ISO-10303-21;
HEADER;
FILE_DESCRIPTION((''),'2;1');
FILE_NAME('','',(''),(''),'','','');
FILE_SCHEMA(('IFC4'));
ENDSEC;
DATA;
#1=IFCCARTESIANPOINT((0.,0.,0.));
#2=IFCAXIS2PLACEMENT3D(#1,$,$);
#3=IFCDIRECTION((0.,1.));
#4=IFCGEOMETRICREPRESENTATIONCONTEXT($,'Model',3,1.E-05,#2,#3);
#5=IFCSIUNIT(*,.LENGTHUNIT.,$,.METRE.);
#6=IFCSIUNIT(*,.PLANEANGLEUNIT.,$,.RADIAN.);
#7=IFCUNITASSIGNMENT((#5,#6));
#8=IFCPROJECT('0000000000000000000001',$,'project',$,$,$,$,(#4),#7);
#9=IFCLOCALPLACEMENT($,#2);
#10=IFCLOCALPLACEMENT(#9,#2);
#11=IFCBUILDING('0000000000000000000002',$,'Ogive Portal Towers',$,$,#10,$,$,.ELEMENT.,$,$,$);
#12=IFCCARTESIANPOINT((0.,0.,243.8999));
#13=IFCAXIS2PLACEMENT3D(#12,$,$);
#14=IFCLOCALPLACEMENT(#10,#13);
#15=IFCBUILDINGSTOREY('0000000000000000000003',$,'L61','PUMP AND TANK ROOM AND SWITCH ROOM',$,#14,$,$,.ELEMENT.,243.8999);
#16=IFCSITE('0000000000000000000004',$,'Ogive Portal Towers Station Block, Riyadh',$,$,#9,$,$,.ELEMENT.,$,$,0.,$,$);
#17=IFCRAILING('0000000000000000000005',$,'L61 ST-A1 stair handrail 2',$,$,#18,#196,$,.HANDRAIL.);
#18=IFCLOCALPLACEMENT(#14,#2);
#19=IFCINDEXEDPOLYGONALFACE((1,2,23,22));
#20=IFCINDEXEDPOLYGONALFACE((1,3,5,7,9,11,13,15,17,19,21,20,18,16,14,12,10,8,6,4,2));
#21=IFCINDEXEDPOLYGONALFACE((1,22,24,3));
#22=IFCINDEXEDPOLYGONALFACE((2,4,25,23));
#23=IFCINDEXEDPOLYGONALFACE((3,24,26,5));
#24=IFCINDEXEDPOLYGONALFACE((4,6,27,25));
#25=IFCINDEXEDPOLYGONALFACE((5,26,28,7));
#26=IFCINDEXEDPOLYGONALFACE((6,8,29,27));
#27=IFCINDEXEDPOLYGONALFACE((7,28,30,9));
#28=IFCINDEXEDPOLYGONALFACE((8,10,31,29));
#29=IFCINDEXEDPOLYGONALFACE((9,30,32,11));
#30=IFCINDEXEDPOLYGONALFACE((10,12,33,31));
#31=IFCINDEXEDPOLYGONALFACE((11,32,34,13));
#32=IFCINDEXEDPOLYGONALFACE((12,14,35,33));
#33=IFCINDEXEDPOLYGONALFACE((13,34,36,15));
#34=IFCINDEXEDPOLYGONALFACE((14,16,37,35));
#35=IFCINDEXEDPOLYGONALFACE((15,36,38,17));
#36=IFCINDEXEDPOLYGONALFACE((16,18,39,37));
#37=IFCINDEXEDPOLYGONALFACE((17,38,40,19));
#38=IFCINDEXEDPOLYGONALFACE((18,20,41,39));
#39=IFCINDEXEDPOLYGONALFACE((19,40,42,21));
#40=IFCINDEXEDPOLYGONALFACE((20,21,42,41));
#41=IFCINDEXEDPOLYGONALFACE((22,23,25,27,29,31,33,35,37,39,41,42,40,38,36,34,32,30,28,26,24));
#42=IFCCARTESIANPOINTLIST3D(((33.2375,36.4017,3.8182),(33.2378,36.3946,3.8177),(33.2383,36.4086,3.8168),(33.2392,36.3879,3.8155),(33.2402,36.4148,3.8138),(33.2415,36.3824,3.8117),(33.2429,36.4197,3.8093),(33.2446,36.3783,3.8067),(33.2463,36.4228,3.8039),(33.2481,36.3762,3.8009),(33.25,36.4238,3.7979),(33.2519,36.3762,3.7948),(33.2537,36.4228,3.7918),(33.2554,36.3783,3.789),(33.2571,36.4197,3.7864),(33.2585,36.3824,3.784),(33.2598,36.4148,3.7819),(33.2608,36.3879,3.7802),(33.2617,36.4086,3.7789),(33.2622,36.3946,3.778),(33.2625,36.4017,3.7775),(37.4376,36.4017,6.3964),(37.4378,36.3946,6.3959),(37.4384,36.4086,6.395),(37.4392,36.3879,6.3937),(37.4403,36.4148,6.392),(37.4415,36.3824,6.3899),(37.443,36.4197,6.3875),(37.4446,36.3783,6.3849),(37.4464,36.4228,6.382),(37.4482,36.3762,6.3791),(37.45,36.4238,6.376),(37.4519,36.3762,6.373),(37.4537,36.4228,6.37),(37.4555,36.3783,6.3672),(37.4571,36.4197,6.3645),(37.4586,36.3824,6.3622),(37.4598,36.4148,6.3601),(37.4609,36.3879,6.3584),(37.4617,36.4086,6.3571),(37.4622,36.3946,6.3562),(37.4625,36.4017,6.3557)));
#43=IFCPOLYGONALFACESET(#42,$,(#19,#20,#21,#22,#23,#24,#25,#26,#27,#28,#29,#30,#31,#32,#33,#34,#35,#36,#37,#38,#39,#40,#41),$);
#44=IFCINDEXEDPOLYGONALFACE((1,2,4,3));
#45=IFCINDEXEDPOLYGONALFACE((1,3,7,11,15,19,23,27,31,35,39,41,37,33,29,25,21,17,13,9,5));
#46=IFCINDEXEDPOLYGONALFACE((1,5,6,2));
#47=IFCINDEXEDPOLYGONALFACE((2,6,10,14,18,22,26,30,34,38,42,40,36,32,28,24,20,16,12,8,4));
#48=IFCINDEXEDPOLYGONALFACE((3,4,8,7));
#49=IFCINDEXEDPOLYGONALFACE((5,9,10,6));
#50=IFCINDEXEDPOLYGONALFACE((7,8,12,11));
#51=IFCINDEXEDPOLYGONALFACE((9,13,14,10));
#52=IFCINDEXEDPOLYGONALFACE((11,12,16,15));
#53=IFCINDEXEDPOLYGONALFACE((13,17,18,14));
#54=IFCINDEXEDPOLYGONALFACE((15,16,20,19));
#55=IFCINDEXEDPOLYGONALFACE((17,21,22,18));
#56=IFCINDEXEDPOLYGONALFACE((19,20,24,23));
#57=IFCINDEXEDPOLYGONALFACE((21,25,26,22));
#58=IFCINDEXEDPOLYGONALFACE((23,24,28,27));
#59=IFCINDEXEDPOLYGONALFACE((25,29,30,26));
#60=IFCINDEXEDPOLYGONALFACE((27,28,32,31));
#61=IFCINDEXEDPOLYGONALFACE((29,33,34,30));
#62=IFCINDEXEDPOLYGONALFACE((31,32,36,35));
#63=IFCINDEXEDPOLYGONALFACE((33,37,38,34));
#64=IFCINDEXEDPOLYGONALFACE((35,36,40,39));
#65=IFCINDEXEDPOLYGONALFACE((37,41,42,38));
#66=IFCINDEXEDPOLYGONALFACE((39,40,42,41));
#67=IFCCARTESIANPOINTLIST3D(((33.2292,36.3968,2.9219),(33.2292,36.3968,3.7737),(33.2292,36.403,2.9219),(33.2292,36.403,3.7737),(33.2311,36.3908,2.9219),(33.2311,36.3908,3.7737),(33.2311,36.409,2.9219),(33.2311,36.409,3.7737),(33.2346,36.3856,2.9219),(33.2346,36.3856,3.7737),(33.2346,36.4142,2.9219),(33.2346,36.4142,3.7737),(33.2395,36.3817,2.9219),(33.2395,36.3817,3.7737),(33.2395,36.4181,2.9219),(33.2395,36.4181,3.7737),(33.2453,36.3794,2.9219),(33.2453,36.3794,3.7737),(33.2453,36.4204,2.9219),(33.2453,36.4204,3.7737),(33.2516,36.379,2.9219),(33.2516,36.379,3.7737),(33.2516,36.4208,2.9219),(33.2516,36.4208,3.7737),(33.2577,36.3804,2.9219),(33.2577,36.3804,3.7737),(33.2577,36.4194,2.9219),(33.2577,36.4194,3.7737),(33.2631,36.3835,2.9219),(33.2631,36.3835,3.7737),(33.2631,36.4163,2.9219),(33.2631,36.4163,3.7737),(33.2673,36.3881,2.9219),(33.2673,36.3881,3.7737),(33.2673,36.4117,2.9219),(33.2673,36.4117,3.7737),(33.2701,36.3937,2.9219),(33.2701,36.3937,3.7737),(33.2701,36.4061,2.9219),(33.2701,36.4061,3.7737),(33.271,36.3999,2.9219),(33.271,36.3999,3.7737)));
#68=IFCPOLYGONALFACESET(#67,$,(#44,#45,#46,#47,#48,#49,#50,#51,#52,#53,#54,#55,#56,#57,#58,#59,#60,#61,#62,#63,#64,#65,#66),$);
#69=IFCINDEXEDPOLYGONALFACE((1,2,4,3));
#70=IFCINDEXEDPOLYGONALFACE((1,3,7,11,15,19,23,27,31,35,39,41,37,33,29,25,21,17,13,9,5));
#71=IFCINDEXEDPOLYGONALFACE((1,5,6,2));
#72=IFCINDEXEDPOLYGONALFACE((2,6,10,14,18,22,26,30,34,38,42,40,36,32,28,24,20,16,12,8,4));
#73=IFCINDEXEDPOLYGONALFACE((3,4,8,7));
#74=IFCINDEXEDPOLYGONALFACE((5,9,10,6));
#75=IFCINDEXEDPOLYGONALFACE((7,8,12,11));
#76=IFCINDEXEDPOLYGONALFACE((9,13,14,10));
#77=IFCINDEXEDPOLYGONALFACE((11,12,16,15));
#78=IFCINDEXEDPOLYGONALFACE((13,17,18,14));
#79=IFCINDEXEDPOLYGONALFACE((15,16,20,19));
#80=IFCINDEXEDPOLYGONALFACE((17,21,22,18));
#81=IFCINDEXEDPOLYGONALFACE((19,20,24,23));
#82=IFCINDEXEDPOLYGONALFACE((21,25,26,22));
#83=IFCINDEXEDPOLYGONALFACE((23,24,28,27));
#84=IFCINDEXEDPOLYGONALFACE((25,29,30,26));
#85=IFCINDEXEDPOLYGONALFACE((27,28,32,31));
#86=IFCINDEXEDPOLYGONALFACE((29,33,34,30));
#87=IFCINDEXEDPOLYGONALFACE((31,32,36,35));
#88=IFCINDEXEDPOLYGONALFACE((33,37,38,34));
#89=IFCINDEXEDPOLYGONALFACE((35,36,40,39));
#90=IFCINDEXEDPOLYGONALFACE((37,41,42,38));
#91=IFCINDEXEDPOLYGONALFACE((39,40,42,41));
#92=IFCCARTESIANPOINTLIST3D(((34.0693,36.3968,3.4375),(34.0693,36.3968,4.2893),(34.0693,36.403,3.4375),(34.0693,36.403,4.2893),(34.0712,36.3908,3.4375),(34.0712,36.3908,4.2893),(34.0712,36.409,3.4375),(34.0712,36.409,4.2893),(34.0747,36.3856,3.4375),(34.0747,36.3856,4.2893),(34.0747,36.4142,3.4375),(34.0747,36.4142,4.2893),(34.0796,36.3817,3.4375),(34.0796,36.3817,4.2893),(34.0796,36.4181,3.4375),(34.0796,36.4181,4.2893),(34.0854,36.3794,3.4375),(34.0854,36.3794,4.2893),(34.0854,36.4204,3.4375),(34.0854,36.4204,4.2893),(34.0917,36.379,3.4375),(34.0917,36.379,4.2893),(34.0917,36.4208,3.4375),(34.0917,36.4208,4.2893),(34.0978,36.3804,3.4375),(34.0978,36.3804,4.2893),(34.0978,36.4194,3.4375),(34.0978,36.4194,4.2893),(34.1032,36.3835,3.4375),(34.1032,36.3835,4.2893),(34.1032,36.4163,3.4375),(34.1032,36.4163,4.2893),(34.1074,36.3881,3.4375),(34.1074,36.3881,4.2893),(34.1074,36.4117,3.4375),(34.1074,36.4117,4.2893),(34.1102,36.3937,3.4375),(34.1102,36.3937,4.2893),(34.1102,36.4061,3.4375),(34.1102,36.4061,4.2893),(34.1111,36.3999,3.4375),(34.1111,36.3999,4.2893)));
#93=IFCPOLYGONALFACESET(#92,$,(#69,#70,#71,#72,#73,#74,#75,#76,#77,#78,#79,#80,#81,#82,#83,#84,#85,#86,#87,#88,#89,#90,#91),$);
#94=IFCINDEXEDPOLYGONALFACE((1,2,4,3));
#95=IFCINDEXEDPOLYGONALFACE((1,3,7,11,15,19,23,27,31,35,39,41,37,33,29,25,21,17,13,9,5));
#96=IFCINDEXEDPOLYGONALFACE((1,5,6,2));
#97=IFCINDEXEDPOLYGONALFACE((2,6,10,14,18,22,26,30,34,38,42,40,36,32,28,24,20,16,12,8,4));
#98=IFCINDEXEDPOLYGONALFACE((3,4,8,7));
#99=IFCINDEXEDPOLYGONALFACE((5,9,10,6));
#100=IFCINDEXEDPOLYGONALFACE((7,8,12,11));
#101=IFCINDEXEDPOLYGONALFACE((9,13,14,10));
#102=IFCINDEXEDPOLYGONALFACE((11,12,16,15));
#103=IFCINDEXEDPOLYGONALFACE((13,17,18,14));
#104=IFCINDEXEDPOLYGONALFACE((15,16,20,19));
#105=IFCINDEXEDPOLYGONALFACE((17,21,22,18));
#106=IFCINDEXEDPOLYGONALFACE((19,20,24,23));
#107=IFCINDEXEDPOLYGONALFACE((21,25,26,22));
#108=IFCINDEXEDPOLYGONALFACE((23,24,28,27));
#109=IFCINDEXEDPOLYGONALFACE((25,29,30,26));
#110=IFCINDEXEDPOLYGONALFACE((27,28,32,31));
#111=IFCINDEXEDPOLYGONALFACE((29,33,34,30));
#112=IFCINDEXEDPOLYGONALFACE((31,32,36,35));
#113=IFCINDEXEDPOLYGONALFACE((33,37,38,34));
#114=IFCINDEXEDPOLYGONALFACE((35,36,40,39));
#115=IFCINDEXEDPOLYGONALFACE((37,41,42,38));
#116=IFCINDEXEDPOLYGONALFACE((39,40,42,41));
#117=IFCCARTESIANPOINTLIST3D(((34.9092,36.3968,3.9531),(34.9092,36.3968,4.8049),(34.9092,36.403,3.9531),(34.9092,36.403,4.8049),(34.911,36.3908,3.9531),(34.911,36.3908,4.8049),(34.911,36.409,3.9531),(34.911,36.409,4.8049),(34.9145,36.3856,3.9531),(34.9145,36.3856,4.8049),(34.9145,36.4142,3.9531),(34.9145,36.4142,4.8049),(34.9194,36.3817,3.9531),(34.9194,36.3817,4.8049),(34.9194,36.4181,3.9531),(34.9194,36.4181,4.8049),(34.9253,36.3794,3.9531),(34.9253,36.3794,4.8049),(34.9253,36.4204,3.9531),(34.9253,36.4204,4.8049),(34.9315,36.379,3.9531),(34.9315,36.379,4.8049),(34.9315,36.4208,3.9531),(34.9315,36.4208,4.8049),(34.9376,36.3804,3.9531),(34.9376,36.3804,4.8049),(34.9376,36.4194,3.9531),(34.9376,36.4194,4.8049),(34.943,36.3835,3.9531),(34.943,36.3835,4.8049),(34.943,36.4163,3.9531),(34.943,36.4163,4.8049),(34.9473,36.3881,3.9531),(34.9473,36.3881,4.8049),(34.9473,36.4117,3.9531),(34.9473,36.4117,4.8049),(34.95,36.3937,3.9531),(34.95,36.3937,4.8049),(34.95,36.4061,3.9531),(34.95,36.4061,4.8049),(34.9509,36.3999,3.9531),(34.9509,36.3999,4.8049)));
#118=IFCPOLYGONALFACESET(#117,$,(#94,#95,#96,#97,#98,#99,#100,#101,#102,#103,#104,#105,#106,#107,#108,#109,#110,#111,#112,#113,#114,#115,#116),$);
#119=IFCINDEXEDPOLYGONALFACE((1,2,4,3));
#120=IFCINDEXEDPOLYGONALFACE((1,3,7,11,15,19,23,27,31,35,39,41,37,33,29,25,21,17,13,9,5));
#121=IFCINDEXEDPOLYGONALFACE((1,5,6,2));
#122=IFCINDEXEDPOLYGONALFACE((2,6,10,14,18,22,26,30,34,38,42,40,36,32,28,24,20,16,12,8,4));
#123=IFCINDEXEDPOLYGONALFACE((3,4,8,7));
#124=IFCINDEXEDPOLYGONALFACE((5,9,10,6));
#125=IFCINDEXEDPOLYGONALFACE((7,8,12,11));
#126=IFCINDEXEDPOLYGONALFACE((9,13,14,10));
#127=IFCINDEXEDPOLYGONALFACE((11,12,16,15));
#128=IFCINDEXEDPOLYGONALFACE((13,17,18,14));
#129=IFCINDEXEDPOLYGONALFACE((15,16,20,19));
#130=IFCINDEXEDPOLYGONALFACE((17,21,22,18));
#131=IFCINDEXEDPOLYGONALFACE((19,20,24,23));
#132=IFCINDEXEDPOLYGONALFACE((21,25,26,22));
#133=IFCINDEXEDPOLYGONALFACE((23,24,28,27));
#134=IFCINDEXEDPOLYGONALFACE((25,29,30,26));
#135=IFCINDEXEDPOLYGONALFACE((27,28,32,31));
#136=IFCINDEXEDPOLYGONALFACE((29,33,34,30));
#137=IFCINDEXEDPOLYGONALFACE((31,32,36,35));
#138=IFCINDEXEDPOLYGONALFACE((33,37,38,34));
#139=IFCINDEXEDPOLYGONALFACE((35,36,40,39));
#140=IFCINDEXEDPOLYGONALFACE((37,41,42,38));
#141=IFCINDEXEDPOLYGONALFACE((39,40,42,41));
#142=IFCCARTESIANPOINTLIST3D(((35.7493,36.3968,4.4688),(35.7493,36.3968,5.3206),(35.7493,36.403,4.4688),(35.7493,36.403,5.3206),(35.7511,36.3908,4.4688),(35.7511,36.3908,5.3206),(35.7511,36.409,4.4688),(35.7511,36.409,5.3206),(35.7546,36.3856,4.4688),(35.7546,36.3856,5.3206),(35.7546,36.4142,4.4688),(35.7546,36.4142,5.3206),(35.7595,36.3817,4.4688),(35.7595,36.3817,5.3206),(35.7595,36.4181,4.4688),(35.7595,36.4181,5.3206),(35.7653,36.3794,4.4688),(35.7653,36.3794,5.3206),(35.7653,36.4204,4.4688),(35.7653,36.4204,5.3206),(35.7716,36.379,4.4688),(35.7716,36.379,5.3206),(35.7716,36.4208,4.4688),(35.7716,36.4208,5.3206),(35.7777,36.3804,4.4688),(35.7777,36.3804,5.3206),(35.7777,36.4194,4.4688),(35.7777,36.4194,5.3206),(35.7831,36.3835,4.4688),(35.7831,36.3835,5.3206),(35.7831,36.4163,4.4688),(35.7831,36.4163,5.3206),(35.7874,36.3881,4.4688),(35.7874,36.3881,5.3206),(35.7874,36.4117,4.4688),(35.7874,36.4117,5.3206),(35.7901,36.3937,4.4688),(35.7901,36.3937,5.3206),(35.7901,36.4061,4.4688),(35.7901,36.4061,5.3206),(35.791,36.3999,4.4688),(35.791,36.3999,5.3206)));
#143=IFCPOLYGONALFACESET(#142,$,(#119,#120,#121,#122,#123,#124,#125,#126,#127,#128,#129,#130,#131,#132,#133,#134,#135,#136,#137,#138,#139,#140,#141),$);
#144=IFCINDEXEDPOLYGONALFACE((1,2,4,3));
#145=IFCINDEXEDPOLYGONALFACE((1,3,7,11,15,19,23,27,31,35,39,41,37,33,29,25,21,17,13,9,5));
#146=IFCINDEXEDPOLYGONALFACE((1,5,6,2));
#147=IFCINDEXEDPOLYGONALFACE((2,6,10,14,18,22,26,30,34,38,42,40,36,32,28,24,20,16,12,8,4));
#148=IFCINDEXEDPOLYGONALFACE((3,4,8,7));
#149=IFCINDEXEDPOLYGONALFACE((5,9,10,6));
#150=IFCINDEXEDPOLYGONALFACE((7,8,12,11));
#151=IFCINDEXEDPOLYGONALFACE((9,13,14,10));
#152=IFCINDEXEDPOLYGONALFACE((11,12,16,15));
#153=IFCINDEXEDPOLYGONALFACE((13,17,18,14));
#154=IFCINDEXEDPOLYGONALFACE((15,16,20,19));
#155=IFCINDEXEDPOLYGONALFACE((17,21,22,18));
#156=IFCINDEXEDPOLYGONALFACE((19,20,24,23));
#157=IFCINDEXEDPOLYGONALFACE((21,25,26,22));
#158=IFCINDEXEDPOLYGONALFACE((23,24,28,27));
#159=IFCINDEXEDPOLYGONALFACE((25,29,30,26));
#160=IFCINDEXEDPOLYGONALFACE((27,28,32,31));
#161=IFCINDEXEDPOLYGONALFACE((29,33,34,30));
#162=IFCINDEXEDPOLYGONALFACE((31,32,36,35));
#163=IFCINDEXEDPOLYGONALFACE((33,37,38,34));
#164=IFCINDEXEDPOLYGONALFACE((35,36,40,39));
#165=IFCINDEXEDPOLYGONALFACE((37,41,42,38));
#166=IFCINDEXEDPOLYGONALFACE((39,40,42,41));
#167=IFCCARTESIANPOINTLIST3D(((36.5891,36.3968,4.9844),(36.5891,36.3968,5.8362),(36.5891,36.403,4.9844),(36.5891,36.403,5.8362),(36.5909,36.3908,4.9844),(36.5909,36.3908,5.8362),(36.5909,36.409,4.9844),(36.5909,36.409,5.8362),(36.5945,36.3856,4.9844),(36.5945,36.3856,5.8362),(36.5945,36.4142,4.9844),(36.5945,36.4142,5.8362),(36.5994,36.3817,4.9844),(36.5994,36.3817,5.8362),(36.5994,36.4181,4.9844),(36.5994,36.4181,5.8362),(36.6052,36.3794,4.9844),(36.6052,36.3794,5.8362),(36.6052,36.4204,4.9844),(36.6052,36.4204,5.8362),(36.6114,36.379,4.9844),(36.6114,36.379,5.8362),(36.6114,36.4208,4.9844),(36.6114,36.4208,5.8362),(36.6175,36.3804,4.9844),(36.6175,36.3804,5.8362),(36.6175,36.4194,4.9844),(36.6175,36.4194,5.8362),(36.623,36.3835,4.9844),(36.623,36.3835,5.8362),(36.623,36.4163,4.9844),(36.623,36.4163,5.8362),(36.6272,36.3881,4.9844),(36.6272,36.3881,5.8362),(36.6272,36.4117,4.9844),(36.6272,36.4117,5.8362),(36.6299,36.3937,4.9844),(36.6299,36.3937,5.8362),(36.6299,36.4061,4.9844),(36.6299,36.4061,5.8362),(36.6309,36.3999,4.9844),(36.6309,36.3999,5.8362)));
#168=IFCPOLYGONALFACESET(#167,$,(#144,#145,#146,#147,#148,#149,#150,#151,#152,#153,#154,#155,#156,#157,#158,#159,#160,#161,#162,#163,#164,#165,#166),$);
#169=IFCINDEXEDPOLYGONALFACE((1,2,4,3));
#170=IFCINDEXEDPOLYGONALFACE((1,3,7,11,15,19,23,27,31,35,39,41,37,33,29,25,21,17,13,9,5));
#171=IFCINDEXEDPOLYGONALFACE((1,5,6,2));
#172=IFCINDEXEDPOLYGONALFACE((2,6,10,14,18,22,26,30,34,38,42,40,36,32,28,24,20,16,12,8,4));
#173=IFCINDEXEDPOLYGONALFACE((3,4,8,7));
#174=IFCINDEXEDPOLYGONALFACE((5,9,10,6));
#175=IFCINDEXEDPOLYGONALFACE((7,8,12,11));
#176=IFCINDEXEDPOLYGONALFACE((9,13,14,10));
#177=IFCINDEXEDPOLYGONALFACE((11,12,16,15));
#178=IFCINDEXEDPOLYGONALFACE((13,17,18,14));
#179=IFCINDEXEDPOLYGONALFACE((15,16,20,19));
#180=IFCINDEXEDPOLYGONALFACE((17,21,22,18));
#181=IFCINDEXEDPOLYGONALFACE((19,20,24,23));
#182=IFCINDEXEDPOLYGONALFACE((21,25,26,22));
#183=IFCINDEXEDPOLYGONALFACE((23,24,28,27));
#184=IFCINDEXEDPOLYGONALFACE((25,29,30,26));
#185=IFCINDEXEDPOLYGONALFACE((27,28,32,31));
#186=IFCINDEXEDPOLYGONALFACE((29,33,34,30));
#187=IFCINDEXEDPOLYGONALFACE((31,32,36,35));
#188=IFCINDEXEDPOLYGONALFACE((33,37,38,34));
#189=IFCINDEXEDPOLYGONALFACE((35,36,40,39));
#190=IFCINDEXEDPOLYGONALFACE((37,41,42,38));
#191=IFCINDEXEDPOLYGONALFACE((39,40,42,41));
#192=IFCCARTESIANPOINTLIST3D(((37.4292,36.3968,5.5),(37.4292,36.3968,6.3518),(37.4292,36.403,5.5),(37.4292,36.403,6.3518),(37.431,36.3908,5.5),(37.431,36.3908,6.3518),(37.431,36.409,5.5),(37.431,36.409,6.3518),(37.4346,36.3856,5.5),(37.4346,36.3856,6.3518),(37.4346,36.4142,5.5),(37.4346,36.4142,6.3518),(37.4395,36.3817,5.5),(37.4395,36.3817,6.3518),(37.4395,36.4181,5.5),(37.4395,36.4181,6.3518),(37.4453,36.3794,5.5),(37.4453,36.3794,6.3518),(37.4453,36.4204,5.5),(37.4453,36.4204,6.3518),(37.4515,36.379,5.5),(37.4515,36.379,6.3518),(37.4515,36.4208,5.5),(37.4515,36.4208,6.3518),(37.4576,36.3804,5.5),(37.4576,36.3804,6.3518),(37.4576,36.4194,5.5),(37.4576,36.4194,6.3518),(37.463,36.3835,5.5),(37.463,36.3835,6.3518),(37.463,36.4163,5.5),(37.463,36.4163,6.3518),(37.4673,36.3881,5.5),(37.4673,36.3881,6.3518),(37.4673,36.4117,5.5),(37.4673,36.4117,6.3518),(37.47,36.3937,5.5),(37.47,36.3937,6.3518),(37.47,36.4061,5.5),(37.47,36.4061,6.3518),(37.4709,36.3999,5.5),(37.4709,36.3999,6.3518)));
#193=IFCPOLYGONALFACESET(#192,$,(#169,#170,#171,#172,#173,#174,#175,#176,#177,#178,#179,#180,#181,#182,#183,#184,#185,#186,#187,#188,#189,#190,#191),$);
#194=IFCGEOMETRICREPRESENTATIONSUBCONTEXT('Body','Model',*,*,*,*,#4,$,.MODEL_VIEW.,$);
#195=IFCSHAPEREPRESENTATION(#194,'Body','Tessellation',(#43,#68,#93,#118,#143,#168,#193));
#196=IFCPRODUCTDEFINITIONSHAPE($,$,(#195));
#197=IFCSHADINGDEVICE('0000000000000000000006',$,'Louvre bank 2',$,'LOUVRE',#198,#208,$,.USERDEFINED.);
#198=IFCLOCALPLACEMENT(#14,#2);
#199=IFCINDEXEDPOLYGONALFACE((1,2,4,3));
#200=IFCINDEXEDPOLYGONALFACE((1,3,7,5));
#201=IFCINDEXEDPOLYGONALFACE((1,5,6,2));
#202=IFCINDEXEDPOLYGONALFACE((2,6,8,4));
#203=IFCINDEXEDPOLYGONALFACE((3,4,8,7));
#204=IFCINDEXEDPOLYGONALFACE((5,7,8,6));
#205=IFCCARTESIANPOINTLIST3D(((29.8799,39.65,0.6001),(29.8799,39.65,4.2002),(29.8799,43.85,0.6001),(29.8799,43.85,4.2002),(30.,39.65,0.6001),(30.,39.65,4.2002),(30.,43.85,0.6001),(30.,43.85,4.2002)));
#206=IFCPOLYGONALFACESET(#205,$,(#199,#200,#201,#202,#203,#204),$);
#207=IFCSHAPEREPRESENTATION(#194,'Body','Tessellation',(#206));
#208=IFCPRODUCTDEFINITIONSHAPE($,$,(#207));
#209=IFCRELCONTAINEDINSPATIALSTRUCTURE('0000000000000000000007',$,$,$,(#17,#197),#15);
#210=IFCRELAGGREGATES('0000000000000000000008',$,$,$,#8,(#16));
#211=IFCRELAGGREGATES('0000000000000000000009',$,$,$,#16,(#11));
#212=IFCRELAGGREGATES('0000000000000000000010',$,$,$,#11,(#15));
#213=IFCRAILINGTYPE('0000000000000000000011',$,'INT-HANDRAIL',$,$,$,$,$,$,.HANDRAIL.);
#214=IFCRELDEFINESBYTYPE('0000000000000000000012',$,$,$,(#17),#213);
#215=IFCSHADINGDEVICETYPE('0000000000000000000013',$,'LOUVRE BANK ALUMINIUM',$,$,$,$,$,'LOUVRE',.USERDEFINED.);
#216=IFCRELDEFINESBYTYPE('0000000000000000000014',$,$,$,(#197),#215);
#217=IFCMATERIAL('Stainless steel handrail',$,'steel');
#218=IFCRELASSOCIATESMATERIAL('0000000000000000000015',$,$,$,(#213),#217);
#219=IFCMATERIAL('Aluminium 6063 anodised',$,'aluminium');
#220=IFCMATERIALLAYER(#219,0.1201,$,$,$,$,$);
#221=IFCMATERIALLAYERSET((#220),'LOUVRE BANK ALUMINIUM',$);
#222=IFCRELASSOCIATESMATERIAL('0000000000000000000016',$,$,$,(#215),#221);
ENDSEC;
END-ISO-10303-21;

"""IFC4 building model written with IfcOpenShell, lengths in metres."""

from ifc_helpers import new_model, si_unit, direction, frame, origin, origin_2d, place, context, subcontext, project, spatial, rectangle, circle, extrude, material, layer, layer_set, type_object, element, save


model = new_model("IFC4")

# Units and contexts
model_context = context("Model", 3, precision=1e-05, world=origin(), true_north=direction((0.0, 1.0)))
body_context = subcontext(model_context, "Body", "Model", "MODEL_VIEW")
ifc_project = project(units=[si_unit("LENGTHUNIT", "METRE"), si_unit("PLANEANGLEUNIT", "RADIAN")], contexts=[model_context])

# Site, building, storey
site_placement = place(None, origin())
site = spatial("IfcSite", under=ifc_project, at=site_placement, Name="Ogive Portal Towers Station Block, Riyadh", CompositionType="ELEMENT", RefElevation=0.0)
building_placement = place(site_placement, origin())
building = spatial("IfcBuilding", under=site, at=building_placement, Name="Ogive Portal Towers", CompositionType="ELEMENT")
storey_placement = place(building_placement, frame((0.0, 0.0, 243.8999)))
storey = spatial("IfcBuildingStorey", under=building, at=storey_placement, Name="L61", Description="PUMP AND TANK ROOM AND SWITCH ROOM", CompositionType="ELEMENT", Elevation=243.8999)

# Railing
ifc_material_1 = material(Name="Stainless steel handrail", Category="steel")
railing_type_1 = type_object("IfcRailingType", Name="INT-HANDRAIL", PredefinedType="HANDRAIL", material=ifc_material_1)
railing_1_placement = place(storey_placement, frame((33.25, 36.3999, 2.9219)))
element("IfcRailing", 1, at=railing_1_placement, inside=storey, type_object=railing_type_1, Name="L61 ST-A1 stair handrail 2", PredefinedType="HANDRAIL", context=body_context, shape_type="SweptSolid", body=[
    extrude(circle(Radius=0.0239, at=origin_2d()), frame((0.0, 0.0, 0.876), z_axis=(0.852243, 0.0, 0.523146), x_axis=(0.0, 1.0, 0.0)), (0.0, 0.0, 1.0), 4.9282),
    extrude(circle(Radius=0.021, at=origin_2d()), origin(), (0.0, 0.0, 1.0), 0.8518),
    extrude(circle(Radius=0.021, at=origin_2d()), frame((0.8401, 0.0, 0.5156)), (0.0, 0.0, 1.0), 0.8518),
    extrude(circle(Radius=0.021, at=origin_2d()), frame((1.6799, 0.0, 1.0312)), (0.0, 0.0, 1.0), 0.8518),
    extrude(circle(Radius=0.021, at=origin_2d()), frame((2.52, 0.0, 1.5469)), (0.0, 0.0, 1.0), 0.8518),
    extrude(circle(Radius=0.021, at=origin_2d()), frame((3.3599, 0.0, 2.0625)), (0.0, 0.0, 1.0), 0.8518),
    extrude(circle(Radius=0.021, at=origin_2d()), frame((4.2, 0.0, 2.5781)), (0.0, 0.0, 1.0), 0.8518),
])

# Shading device
ifc_material_2 = material(Name="Aluminium 6063 anodised", Category="aluminium")
ifc_layer_1 = layer(ifc_material_2, 0.1201)
ifc_layer_set_1 = layer_set([ifc_layer_1], Name="LOUVRE BANK ALUMINIUM")
shading_device_type = type_object("IfcShadingDeviceType", Name="LOUVRE BANK ALUMINIUM", ElementType="LOUVRE", PredefinedType="USERDEFINED", material=ifc_layer_set_1)
shading_device_1_placement = place(storey_placement, frame((29.9399, 41.75, 0.6001), z_axis=(0.0, 0.0, 1.0), x_axis=(0.0, -1.0, 0.0)))
element("IfcShadingDevice", 2, at=shading_device_1_placement, inside=storey, type_object=shading_device_type, Name="Louvre bank 2", ObjectType="LOUVRE", PredefinedType="USERDEFINED", context=body_context, shape_type="SweptSolid", body=[
    extrude(rectangle(XDim=4.2, YDim=0.1201, at=origin_2d()), origin(), (0.0, 0.0, 1.0), 3.6001),
])

save(model, "model.ifc")
